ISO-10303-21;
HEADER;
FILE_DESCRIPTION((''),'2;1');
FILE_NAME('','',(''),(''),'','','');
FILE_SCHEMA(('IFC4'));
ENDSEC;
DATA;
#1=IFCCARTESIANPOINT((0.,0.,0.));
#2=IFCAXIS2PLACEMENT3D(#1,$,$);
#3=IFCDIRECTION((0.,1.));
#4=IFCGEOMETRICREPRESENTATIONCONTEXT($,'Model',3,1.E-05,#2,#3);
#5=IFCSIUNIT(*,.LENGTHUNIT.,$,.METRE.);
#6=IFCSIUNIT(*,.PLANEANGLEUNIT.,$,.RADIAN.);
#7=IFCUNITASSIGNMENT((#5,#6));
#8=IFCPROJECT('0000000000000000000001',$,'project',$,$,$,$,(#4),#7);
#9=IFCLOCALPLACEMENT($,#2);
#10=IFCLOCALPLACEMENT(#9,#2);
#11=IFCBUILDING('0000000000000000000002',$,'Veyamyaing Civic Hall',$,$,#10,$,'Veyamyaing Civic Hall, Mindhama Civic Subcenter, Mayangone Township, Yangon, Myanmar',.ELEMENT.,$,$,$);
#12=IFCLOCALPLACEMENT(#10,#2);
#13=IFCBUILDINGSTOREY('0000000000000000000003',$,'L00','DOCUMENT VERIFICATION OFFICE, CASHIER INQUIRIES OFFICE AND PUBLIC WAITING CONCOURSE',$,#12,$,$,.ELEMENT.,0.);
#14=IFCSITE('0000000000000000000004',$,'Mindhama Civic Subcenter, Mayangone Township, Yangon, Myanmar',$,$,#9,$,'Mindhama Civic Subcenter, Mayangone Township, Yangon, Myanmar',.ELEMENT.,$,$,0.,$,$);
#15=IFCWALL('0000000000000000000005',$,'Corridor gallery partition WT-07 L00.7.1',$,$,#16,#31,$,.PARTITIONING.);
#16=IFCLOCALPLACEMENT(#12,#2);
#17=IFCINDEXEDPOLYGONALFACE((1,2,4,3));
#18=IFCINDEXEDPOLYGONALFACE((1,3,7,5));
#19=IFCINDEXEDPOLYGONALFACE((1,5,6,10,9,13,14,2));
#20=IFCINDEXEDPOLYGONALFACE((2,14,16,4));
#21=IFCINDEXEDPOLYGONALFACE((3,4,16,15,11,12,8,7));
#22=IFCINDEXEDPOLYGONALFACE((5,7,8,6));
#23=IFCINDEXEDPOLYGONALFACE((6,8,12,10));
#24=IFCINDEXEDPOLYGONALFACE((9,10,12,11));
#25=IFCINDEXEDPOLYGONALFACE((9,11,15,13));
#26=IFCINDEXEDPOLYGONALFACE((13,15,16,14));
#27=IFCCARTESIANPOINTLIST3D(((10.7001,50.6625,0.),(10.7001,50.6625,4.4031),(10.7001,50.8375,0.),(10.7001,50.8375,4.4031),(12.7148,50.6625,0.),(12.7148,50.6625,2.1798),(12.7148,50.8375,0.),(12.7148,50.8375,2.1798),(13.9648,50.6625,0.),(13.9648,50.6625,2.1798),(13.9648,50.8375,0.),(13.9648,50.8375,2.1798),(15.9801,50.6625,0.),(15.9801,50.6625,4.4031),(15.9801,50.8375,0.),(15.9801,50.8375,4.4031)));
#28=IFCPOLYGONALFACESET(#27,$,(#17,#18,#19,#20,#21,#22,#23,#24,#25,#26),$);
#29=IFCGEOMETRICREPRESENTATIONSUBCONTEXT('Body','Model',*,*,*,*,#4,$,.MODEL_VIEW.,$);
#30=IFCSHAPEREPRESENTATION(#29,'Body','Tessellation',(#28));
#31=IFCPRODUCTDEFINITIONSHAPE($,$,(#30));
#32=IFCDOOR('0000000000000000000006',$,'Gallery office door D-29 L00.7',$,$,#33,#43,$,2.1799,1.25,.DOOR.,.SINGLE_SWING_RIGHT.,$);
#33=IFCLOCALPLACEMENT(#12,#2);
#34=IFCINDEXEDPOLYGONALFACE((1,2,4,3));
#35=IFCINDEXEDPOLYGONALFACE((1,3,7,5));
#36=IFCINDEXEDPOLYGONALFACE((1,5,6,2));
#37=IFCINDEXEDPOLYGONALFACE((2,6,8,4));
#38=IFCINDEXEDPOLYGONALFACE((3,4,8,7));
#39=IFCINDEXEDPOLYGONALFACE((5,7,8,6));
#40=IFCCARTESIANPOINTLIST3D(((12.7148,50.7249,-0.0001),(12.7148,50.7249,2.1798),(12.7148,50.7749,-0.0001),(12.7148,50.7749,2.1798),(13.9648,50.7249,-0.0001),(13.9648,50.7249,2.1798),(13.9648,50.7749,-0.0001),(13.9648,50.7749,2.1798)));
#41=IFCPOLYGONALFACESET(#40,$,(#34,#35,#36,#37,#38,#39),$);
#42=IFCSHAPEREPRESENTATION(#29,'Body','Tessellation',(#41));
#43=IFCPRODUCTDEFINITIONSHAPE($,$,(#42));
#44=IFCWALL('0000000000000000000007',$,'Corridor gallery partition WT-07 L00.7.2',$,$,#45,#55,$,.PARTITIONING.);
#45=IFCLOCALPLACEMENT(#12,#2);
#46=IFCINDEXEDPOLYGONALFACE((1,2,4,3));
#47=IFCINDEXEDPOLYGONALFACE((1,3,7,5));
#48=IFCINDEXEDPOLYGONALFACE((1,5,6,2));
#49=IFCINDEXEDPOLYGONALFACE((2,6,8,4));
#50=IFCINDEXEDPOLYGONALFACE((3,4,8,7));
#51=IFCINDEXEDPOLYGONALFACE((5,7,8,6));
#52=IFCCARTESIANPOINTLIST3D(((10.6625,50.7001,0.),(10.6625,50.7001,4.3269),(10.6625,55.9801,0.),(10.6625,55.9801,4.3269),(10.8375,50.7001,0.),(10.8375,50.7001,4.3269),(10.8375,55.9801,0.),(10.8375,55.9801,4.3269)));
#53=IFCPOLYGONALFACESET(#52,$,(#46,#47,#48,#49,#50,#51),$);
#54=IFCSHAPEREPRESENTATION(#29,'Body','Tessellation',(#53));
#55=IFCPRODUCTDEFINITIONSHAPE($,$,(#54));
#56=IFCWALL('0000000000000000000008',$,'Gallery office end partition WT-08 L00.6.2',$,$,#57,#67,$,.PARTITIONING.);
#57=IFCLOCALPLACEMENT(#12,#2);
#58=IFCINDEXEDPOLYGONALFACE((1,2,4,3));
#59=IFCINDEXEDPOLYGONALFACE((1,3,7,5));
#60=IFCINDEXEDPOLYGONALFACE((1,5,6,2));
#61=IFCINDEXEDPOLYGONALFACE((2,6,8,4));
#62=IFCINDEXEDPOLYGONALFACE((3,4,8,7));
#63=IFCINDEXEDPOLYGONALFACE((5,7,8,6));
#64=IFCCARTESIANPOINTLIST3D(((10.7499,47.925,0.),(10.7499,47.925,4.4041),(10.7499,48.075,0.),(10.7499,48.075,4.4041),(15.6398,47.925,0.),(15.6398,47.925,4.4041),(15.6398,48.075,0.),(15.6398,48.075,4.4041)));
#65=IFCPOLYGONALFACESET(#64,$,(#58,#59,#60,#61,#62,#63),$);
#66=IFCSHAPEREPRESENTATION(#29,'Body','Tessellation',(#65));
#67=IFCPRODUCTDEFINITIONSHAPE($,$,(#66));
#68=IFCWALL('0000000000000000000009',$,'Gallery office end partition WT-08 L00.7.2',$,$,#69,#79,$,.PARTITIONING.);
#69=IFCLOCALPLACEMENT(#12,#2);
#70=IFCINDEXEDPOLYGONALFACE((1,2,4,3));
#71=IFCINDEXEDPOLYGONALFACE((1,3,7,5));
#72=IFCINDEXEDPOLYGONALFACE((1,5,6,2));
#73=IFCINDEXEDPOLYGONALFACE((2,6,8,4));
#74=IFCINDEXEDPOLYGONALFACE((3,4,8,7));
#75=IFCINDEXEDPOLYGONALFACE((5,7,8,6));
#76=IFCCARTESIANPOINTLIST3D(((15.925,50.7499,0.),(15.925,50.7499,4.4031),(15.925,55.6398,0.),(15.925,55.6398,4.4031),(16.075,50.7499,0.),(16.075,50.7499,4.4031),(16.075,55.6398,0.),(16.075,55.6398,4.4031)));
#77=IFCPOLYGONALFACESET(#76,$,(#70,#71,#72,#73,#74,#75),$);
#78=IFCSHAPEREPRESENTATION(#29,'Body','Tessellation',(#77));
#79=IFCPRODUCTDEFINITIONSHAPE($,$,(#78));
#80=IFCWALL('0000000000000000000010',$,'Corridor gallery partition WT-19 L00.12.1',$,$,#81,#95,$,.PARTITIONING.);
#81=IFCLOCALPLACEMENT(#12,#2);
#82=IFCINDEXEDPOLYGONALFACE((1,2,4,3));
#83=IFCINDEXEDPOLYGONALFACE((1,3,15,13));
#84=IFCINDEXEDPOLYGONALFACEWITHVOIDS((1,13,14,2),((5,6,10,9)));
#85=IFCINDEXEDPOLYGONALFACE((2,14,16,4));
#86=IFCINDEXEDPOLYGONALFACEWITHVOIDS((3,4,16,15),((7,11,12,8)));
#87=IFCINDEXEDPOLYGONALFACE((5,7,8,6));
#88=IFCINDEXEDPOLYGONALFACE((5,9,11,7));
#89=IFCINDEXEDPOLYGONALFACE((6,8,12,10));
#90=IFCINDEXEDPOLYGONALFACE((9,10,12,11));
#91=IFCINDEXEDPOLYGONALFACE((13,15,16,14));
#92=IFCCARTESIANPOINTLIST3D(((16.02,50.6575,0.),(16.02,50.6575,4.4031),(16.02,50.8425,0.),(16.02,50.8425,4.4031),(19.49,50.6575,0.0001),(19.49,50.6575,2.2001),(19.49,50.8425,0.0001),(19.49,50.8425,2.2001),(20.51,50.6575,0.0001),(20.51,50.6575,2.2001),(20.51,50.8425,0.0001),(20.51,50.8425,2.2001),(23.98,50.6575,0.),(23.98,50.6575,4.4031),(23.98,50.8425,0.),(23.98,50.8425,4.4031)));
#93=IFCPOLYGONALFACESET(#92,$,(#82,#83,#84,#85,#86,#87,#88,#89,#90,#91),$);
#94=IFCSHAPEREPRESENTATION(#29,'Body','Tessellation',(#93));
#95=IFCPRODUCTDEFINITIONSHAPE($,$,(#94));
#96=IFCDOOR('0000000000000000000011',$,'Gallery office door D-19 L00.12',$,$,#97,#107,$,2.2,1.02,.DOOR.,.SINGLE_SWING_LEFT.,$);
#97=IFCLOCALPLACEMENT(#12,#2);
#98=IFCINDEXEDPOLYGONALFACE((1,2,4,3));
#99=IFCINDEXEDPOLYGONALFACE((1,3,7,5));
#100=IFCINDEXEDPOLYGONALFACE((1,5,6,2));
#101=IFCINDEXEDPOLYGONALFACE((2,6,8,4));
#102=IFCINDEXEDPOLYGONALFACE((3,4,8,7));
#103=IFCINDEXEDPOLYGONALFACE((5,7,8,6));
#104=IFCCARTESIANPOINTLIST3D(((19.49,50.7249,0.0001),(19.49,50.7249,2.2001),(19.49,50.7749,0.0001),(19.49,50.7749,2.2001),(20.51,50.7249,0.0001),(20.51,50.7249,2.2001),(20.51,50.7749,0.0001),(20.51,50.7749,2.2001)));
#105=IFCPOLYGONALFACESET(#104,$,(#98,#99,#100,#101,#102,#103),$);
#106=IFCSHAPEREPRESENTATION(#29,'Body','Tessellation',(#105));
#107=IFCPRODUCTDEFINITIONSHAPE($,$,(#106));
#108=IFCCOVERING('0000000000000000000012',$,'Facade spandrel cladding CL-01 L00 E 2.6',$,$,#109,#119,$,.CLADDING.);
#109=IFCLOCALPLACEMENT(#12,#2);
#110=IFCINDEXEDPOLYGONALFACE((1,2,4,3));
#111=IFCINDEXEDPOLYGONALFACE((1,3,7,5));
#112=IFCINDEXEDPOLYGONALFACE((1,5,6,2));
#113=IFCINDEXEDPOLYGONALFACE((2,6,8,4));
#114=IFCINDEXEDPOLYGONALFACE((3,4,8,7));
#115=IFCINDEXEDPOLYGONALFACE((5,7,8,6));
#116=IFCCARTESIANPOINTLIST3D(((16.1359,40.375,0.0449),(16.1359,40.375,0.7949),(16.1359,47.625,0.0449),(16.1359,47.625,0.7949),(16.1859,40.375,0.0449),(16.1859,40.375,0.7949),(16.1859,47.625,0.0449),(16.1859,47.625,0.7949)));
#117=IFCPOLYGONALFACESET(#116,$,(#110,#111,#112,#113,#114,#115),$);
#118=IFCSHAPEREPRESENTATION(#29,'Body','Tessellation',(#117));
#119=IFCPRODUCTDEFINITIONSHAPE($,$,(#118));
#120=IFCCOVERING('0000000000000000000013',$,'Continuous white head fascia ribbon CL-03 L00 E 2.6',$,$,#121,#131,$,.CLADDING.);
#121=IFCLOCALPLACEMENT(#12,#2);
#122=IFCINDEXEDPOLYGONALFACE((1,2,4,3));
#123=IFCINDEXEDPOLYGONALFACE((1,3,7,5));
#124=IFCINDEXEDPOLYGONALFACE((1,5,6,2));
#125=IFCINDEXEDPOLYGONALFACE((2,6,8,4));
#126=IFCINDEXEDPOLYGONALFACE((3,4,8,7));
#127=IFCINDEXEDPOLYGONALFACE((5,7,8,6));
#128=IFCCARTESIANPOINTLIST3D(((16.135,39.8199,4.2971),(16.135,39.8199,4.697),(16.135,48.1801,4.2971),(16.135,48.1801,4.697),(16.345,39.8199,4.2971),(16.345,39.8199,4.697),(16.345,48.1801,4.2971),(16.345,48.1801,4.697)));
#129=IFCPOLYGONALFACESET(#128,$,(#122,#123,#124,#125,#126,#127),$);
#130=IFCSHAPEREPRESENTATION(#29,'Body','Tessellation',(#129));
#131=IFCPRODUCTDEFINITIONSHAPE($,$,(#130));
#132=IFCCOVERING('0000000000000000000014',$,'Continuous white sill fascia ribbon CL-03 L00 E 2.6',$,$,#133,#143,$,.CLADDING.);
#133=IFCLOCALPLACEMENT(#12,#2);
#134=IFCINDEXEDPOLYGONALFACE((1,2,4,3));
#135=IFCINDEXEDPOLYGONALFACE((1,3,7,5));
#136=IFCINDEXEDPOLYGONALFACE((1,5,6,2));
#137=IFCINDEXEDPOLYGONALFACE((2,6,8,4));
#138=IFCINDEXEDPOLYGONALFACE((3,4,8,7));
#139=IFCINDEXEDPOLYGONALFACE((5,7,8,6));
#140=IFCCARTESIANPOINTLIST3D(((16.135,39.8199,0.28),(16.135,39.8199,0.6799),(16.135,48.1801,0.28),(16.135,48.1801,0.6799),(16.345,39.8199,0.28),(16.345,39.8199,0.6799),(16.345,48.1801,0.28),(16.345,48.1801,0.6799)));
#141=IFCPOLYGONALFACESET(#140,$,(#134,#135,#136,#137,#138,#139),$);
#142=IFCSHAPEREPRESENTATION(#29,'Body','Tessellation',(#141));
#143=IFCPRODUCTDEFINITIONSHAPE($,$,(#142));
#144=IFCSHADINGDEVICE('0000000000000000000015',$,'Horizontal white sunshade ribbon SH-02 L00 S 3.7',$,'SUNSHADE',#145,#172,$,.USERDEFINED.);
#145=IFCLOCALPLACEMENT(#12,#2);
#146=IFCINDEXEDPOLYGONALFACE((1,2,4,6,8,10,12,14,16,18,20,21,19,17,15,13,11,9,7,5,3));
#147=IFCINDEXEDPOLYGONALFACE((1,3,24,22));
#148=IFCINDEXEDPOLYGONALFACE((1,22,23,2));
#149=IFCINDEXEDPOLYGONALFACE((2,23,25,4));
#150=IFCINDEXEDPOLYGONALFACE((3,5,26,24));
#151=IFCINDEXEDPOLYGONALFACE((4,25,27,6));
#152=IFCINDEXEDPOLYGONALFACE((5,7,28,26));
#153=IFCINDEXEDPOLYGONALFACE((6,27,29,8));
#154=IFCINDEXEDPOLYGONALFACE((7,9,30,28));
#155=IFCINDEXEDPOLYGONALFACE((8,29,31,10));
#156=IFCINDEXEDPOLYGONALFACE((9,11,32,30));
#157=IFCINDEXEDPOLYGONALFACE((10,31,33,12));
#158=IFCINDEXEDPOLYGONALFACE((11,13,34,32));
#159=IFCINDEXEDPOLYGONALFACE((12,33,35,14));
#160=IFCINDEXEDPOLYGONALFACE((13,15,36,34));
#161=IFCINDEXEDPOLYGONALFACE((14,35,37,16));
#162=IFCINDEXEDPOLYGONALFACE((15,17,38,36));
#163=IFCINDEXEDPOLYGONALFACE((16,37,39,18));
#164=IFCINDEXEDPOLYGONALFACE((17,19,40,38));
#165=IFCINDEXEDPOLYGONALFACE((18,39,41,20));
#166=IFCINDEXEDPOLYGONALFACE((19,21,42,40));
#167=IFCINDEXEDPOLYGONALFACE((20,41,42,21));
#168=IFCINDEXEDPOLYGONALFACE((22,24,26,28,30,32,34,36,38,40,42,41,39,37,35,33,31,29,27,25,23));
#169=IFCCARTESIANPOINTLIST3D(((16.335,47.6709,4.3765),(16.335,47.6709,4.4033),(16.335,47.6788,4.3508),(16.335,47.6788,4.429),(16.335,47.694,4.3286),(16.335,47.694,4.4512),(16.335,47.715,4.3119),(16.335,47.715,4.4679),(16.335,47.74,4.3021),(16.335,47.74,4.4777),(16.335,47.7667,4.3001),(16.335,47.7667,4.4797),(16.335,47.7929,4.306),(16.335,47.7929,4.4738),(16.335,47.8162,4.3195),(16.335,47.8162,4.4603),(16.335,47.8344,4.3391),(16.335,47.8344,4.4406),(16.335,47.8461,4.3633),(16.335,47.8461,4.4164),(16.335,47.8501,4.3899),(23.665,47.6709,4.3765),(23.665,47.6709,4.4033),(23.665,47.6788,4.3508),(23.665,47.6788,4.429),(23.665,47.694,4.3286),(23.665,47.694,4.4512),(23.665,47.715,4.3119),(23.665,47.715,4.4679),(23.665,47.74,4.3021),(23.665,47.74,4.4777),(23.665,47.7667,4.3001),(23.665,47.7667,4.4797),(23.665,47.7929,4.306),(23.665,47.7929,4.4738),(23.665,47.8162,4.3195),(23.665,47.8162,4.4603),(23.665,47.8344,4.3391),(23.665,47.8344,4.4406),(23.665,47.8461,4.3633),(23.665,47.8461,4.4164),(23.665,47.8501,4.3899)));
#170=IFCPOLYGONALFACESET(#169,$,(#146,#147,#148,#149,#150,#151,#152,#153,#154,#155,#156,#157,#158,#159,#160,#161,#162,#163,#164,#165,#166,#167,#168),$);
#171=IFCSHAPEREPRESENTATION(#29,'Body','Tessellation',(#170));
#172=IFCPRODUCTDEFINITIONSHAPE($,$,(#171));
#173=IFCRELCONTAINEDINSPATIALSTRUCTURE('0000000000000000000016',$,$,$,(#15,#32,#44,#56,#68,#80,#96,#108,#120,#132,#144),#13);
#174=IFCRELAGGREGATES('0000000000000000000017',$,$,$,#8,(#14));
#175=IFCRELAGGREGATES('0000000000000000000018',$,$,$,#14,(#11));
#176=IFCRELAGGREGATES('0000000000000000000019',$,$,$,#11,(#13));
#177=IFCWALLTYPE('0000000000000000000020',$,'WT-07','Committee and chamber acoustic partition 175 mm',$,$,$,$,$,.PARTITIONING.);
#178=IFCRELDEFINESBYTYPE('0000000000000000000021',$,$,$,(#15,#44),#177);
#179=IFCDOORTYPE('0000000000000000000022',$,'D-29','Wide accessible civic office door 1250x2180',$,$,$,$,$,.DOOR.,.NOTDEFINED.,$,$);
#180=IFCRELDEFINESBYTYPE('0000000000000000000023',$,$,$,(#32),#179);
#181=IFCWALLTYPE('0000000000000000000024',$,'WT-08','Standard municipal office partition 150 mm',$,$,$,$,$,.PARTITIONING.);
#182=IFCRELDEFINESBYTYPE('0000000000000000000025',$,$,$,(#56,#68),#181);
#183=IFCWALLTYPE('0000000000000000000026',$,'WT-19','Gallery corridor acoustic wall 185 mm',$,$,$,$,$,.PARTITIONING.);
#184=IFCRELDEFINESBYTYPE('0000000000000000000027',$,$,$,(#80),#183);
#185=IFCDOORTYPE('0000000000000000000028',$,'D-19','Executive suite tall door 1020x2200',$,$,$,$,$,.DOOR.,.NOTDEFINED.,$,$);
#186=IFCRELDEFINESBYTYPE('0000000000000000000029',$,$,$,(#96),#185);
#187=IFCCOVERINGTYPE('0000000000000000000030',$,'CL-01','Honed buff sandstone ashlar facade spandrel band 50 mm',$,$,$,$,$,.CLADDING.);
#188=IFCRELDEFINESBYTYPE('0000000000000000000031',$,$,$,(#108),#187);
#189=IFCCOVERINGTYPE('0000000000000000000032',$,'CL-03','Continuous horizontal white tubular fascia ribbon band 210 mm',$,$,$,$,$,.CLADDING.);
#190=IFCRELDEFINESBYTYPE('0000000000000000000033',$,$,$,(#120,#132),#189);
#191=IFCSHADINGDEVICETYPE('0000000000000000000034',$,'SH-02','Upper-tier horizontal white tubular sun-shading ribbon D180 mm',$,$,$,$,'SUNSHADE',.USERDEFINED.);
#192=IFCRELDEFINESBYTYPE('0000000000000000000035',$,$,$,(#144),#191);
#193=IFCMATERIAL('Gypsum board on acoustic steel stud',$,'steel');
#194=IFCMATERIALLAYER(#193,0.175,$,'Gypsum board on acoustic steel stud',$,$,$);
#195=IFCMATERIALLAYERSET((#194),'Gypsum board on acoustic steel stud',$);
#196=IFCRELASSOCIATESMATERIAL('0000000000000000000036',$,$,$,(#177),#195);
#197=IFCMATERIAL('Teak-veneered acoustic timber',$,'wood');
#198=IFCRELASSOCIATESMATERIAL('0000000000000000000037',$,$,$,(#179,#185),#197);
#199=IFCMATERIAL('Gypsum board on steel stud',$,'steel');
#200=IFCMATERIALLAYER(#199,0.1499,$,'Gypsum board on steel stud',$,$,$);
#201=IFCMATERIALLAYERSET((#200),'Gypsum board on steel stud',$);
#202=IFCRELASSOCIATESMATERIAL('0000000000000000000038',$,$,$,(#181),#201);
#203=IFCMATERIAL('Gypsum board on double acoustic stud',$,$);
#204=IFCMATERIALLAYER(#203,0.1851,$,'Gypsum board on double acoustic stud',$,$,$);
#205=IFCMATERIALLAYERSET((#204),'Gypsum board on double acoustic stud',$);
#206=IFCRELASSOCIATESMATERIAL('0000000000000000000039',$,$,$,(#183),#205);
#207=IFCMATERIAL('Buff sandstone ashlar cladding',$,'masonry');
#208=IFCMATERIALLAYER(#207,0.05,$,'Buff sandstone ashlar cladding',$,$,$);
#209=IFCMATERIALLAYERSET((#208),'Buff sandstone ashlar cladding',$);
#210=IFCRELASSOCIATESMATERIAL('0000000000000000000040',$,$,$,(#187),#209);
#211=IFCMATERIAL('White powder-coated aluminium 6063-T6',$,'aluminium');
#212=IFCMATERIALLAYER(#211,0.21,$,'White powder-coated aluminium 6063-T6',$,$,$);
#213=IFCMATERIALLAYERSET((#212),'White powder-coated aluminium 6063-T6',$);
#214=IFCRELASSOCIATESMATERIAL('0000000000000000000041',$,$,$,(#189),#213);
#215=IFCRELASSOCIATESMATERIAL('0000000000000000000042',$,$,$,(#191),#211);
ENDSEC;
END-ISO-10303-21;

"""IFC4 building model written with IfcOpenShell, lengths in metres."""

from ifc_helpers import new_model, si_unit, direction, frame, frame_2d, origin, origin_2d, place, context, subcontext, project, spatial, rectangle, circle, extrude, material, layer, layer_set, material_profile, profile_set, type_object, element, fill, save


model = new_model("IFC4")

# Units and contexts
model_context = context("Model", 3, precision=1e-05, world=origin(), true_north=direction((0.0, 1.0)))
body_context = subcontext(model_context, "Body", "Model", "MODEL_VIEW")
ifc_project = project(units=[si_unit("LENGTHUNIT", "METRE"), si_unit("PLANEANGLEUNIT", "RADIAN")], contexts=[model_context])

# Site, building, storey
site_placement = place(None, origin())
site = spatial("IfcSite", under=ifc_project, at=site_placement, Name="Mindhama Civic Subcenter, Mayangone Township, Yangon, Myanmar", LongName="Mindhama Civic Subcenter, Mayangone Township, Yangon, Myanmar", CompositionType="ELEMENT", RefElevation=0.0)
building_placement = place(site_placement, origin())
building = spatial("IfcBuilding", under=site, at=building_placement, Name="Veyamyaing Civic Hall", LongName="Veyamyaing Civic Hall, Mindhama Civic Subcenter, Mayangone Township, Yangon, Myanmar", CompositionType="ELEMENT")
storey_placement = place(building_placement, origin())
storey = spatial("IfcBuildingStorey", under=building, at=storey_placement, Name="L00", Description="DOCUMENT VERIFICATION OFFICE, CASHIER INQUIRIES OFFICE AND PUBLIC WAITING CONCOURSE", CompositionType="ELEMENT", Elevation=0.0)

# Wall, opening, door
ifc_material_1 = material(Name="Gypsum board on acoustic steel stud", Category="steel")
ifc_layer_1 = layer(ifc_material_1, 0.175, Name="Gypsum board on acoustic steel stud")
ifc_layer_set_1 = layer_set([ifc_layer_1], Name="Gypsum board on acoustic steel stud")
wall_type_1 = type_object("IfcWallType", Name="WT-07", Description="Committee and chamber acoustic partition 175 mm", PredefinedType="PARTITIONING", material=ifc_layer_set_1)
wall_1_placement = place(storey_placement, frame((10.7, 50.75, 0.0), z_axis=(0.0, 0.0, 1.0), x_axis=(1.0, 0.0, 0.0)))
wall_1 = element("IfcWall", 1, at=wall_1_placement, inside=storey, type_object=wall_type_1, Name="Corridor gallery partition WT-07 L00.7.1", PredefinedType="PARTITIONING", context=body_context, shape_type="SweptSolid", body=[
    extrude(rectangle(XDim=5.28, YDim=0.175, at=frame_2d((2.6401, 0.0))), origin(), (0.0, 0.0, 1.0), 4.4031),
])
opening_1_placement = place(wall_1_placement, frame((2.0149, 0.0, 0.0)))
opening_1 = element("IfcOpeningElement", 2, at=opening_1_placement, cuts=wall_1, PredefinedType="OPENING", context=body_context, shape_type="SweptSolid", body=[
    extrude(rectangle(XDim=1.25, YDim=2.1799, at=frame_2d((0.625, 1.0898))), frame((0.0, 0.0974, 0.0), z_axis=(0.0, -1.0, 0.0), x_axis=(1.0, 0.0, 0.0)), (0.0, 0.0, 1.0), 0.1951),
])
ifc_material_2 = material(Name="Teak-veneered acoustic timber", Category="wood")
door_type_1 = type_object("IfcDoorType", Name="D-29", Description="Wide accessible civic office door 1250x2180", OperationType="NOTDEFINED", PredefinedType="DOOR", material=ifc_material_2)
door_1_placement = place(opening_1_placement, origin())
door_1 = element("IfcDoor", 3, at=door_1_placement, inside=storey, type_object=door_type_1, Name="Gallery office door D-29 L00.7", OperationType="SINGLE_SWING_RIGHT", OverallHeight=2.1799, OverallWidth=1.25, PredefinedType="DOOR", context=body_context, shape_type="SweptSolid", body=[
    extrude(rectangle(XDim=1.25, YDim=2.1799, at=frame_2d((0.625, 1.0898))), frame((0.0, 0.0249, 0.0), z_axis=(0.0, -1.0, 0.0), x_axis=(1.0, 0.0, 0.0)), (0.0, 0.0, 1.0), 0.05),
])
fill(opening_1, door_1)

# Walls
wall_2_placement = place(storey_placement, frame((10.75, 50.7, 0.0), z_axis=(0.0, 0.0, 1.0), x_axis=(0.0, 1.0, 0.0)))
element("IfcWall", 4, at=wall_2_placement, inside=storey, type_object=wall_type_1, Name="Corridor gallery partition WT-07 L00.7.2", PredefinedType="PARTITIONING", context=body_context, shape_type="SweptSolid", body=[
    extrude(rectangle(XDim=5.28, YDim=0.175, at=frame_2d((2.6401, 0.0))), origin(), (0.0, 0.0, 1.0), 4.3269),
])
ifc_material_3 = material(Name="Gypsum board on steel stud", Category="steel")
ifc_layer_2 = layer(ifc_material_3, 0.1499, Name="Gypsum board on steel stud")
ifc_layer_set_2 = layer_set([ifc_layer_2], Name="Gypsum board on steel stud")
wall_type_2 = type_object("IfcWallType", Name="WT-08", Description="Standard municipal office partition 150 mm", PredefinedType="PARTITIONING", material=ifc_layer_set_2)
wall_3_placement = place(storey_placement, frame((10.75, 48.0, 0.0), z_axis=(0.0, 0.0, 1.0), x_axis=(1.0, 0.0, 0.0)))
element("IfcWall", 5, at=wall_3_placement, inside=storey, type_object=wall_type_2, Name="Gallery office end partition WT-08 L00.6.2", PredefinedType="PARTITIONING", context=body_context, shape_type="SweptSolid", body=[
    extrude(rectangle(XDim=4.8899, YDim=0.1499, at=frame_2d((2.4448, 0.0))), origin(), (0.0, 0.0, 1.0), 4.4041),
])
wall_4_placement = place(storey_placement, frame((16.0, 50.75, 0.0), z_axis=(0.0, 0.0, 1.0), x_axis=(0.0, 1.0, 0.0)))
element("IfcWall", 6, at=wall_4_placement, inside=storey, type_object=wall_type_2, Name="Gallery office end partition WT-08 L00.7.2", PredefinedType="PARTITIONING", context=body_context, shape_type="SweptSolid", body=[
    extrude(rectangle(XDim=4.8899, YDim=0.1499, at=frame_2d((2.4448, 0.0))), origin(), (0.0, 0.0, 1.0), 4.4031),
])

# Wall, opening, door
ifc_material_4 = material(Name="Gypsum board on double acoustic stud")
ifc_layer_3 = layer(ifc_material_4, 0.1851, Name="Gypsum board on double acoustic stud")
ifc_layer_set_3 = layer_set([ifc_layer_3], Name="Gypsum board on double acoustic stud")
wall_type_3 = type_object("IfcWallType", Name="WT-19", Description="Gallery corridor acoustic wall 185 mm", PredefinedType="PARTITIONING", material=ifc_layer_set_3)
wall_5_placement = place(storey_placement, frame((16.02, 50.75, 0.0), z_axis=(0.0, 0.0, 1.0), x_axis=(1.0, 0.0, 0.0)))
wall_5 = element("IfcWall", 7, at=wall_5_placement, inside=storey, type_object=wall_type_3, Name="Corridor gallery partition WT-19 L00.12.1", PredefinedType="PARTITIONING", context=body_context, shape_type="SweptSolid", body=[
    extrude(rectangle(XDim=7.96, YDim=0.1851, at=frame_2d((3.98, 0.0))), origin(), (0.0, 0.0, 1.0), 4.4031),
])
opening_2_placement = place(wall_5_placement, frame((3.47, 0.0, 0.0)))
opening_2 = element("IfcOpeningElement", 8, at=opening_2_placement, cuts=wall_5, PredefinedType="OPENING", context=body_context, shape_type="SweptSolid", body=[
    extrude(rectangle(XDim=1.02, YDim=2.2, at=frame_2d((0.51, 1.1001))), frame((0.0, 0.1025, 0.0), z_axis=(0.0, -1.0, 0.0), x_axis=(1.0, 0.0, 0.0)), (0.0, 0.0, 1.0), 0.2051),
])
door_type_2 = type_object("IfcDoorType", Name="D-19", Description="Executive suite tall door 1020x2200", OperationType="NOTDEFINED", PredefinedType="DOOR", material=ifc_material_2)
door_2_placement = place(opening_2_placement, origin())
door_2 = element("IfcDoor", 9, at=door_2_placement, inside=storey, type_object=door_type_2, Name="Gallery office door D-19 L00.12", OperationType="SINGLE_SWING_LEFT", OverallHeight=2.2, OverallWidth=1.02, PredefinedType="DOOR", context=body_context, shape_type="SweptSolid", body=[
    extrude(rectangle(XDim=1.02, YDim=2.2, at=frame_2d((0.51, 1.1001))), frame((0.0, 0.0249, 0.0), z_axis=(0.0, -1.0, 0.0), x_axis=(1.0, 0.0, 0.0)), (0.0, 0.0, 1.0), 0.05),
])
fill(opening_2, door_2)

# Coverings
ifc_material_5 = material(Name="Buff sandstone ashlar cladding", Category="masonry")
ifc_layer_4 = layer(ifc_material_5, 0.05, Name="Buff sandstone ashlar cladding")
ifc_layer_set_4 = layer_set([ifc_layer_4], Name="Buff sandstone ashlar cladding")
covering_type_1 = type_object("IfcCoveringType", Name="CL-01", Description="Honed buff sandstone ashlar facade spandrel band 50 mm", PredefinedType="CLADDING", material=ifc_layer_set_4)
covering_placement = place(storey_placement, frame((16.1609, 44.0, 0.0449), z_axis=(0.0, 0.0, 1.0), x_axis=(0.0, 1.0, 0.0)))
element("IfcCovering", 10, at=covering_placement, inside=storey, type_object=covering_type_1, Name="Facade spandrel cladding CL-01 L00 E 2.6", PredefinedType="CLADDING", context=body_context, shape_type="SweptSolid", body=[
    extrude(rectangle(XDim=7.25, YDim=0.05, at=origin_2d()), origin(), (0.0, 0.0, 1.0), 0.75),
])
ifc_material_6 = material(Name="White powder-coated aluminium 6063-T6", Category="aluminium")
ifc_layer_5 = layer(ifc_material_6, 0.21, Name="White powder-coated aluminium 6063-T6")
ifc_layer_set_5 = layer_set([ifc_layer_5], Name="White powder-coated aluminium 6063-T6")
covering_type_2 = type_object("IfcCoveringType", Name="CL-03", Description="Continuous horizontal white tubular fascia ribbon band 210 mm", PredefinedType="CLADDING", material=ifc_layer_set_5)
for number, where, z_axis, x_axis, name in (
    (11, (16.24, 44.0, 4.2971), (0.0, 0.0, 1.0), (0.0, 1.0, 0.0), "Continuous white head fascia ribbon CL-03 L00 E 2.6"),
    (12, (16.24, 44.0, 0.28), (0.0, 0.0, 1.0), (0.0, 1.0, 0.0), "Continuous white sill fascia ribbon CL-03 L00 E 2.6"),
):
    element("IfcCovering", number, at=place(storey_placement, frame(where, z_axis=z_axis, x_axis=x_axis)), inside=storey, type_object=covering_type_2, Name=name, PredefinedType="CLADDING", context=body_context, shape_type="SweptSolid", body=[
        extrude(rectangle(XDim=8.3601, YDim=0.21, at=origin_2d()), origin(), (0.0, 0.0, 1.0), 0.3999),
    ])

# Shading device
ifc_material_profile_1 = material_profile(ifc_material_6, circle(Radius=0.0901, at=origin_2d()), Name="SHADE-TUBE-180")
ifc_profile_set_1 = profile_set([ifc_material_profile_1], Name="White powder-coated aluminium 6063-T6")
shading_device_type = type_object("IfcShadingDeviceType", Name="SH-02", Description="Upper-tier horizontal white tubular sun-shading ribbon D180 mm", ElementType="SUNSHADE", PredefinedType="USERDEFINED", material=ifc_profile_set_1)
shading_device_placement = place(storey_placement, frame((16.335, 47.76, 4.3899), z_axis=(1.0, 0.0, 0.0), x_axis=(0.0, 1.0, 0.0)))
element("IfcShadingDevice", 13, at=shading_device_placement, inside=storey, type_object=shading_device_type, Name="Horizontal white sunshade ribbon SH-02 L00 S 3.7", ObjectType="SUNSHADE", PredefinedType="USERDEFINED", context=body_context, shape_type="SweptSolid", body=[
    extrude(circle(Radius=0.0901, at=origin_2d()), origin(), (0.0, 0.0, 1.0), 7.3301),
])

save(model, "model.ifc")
